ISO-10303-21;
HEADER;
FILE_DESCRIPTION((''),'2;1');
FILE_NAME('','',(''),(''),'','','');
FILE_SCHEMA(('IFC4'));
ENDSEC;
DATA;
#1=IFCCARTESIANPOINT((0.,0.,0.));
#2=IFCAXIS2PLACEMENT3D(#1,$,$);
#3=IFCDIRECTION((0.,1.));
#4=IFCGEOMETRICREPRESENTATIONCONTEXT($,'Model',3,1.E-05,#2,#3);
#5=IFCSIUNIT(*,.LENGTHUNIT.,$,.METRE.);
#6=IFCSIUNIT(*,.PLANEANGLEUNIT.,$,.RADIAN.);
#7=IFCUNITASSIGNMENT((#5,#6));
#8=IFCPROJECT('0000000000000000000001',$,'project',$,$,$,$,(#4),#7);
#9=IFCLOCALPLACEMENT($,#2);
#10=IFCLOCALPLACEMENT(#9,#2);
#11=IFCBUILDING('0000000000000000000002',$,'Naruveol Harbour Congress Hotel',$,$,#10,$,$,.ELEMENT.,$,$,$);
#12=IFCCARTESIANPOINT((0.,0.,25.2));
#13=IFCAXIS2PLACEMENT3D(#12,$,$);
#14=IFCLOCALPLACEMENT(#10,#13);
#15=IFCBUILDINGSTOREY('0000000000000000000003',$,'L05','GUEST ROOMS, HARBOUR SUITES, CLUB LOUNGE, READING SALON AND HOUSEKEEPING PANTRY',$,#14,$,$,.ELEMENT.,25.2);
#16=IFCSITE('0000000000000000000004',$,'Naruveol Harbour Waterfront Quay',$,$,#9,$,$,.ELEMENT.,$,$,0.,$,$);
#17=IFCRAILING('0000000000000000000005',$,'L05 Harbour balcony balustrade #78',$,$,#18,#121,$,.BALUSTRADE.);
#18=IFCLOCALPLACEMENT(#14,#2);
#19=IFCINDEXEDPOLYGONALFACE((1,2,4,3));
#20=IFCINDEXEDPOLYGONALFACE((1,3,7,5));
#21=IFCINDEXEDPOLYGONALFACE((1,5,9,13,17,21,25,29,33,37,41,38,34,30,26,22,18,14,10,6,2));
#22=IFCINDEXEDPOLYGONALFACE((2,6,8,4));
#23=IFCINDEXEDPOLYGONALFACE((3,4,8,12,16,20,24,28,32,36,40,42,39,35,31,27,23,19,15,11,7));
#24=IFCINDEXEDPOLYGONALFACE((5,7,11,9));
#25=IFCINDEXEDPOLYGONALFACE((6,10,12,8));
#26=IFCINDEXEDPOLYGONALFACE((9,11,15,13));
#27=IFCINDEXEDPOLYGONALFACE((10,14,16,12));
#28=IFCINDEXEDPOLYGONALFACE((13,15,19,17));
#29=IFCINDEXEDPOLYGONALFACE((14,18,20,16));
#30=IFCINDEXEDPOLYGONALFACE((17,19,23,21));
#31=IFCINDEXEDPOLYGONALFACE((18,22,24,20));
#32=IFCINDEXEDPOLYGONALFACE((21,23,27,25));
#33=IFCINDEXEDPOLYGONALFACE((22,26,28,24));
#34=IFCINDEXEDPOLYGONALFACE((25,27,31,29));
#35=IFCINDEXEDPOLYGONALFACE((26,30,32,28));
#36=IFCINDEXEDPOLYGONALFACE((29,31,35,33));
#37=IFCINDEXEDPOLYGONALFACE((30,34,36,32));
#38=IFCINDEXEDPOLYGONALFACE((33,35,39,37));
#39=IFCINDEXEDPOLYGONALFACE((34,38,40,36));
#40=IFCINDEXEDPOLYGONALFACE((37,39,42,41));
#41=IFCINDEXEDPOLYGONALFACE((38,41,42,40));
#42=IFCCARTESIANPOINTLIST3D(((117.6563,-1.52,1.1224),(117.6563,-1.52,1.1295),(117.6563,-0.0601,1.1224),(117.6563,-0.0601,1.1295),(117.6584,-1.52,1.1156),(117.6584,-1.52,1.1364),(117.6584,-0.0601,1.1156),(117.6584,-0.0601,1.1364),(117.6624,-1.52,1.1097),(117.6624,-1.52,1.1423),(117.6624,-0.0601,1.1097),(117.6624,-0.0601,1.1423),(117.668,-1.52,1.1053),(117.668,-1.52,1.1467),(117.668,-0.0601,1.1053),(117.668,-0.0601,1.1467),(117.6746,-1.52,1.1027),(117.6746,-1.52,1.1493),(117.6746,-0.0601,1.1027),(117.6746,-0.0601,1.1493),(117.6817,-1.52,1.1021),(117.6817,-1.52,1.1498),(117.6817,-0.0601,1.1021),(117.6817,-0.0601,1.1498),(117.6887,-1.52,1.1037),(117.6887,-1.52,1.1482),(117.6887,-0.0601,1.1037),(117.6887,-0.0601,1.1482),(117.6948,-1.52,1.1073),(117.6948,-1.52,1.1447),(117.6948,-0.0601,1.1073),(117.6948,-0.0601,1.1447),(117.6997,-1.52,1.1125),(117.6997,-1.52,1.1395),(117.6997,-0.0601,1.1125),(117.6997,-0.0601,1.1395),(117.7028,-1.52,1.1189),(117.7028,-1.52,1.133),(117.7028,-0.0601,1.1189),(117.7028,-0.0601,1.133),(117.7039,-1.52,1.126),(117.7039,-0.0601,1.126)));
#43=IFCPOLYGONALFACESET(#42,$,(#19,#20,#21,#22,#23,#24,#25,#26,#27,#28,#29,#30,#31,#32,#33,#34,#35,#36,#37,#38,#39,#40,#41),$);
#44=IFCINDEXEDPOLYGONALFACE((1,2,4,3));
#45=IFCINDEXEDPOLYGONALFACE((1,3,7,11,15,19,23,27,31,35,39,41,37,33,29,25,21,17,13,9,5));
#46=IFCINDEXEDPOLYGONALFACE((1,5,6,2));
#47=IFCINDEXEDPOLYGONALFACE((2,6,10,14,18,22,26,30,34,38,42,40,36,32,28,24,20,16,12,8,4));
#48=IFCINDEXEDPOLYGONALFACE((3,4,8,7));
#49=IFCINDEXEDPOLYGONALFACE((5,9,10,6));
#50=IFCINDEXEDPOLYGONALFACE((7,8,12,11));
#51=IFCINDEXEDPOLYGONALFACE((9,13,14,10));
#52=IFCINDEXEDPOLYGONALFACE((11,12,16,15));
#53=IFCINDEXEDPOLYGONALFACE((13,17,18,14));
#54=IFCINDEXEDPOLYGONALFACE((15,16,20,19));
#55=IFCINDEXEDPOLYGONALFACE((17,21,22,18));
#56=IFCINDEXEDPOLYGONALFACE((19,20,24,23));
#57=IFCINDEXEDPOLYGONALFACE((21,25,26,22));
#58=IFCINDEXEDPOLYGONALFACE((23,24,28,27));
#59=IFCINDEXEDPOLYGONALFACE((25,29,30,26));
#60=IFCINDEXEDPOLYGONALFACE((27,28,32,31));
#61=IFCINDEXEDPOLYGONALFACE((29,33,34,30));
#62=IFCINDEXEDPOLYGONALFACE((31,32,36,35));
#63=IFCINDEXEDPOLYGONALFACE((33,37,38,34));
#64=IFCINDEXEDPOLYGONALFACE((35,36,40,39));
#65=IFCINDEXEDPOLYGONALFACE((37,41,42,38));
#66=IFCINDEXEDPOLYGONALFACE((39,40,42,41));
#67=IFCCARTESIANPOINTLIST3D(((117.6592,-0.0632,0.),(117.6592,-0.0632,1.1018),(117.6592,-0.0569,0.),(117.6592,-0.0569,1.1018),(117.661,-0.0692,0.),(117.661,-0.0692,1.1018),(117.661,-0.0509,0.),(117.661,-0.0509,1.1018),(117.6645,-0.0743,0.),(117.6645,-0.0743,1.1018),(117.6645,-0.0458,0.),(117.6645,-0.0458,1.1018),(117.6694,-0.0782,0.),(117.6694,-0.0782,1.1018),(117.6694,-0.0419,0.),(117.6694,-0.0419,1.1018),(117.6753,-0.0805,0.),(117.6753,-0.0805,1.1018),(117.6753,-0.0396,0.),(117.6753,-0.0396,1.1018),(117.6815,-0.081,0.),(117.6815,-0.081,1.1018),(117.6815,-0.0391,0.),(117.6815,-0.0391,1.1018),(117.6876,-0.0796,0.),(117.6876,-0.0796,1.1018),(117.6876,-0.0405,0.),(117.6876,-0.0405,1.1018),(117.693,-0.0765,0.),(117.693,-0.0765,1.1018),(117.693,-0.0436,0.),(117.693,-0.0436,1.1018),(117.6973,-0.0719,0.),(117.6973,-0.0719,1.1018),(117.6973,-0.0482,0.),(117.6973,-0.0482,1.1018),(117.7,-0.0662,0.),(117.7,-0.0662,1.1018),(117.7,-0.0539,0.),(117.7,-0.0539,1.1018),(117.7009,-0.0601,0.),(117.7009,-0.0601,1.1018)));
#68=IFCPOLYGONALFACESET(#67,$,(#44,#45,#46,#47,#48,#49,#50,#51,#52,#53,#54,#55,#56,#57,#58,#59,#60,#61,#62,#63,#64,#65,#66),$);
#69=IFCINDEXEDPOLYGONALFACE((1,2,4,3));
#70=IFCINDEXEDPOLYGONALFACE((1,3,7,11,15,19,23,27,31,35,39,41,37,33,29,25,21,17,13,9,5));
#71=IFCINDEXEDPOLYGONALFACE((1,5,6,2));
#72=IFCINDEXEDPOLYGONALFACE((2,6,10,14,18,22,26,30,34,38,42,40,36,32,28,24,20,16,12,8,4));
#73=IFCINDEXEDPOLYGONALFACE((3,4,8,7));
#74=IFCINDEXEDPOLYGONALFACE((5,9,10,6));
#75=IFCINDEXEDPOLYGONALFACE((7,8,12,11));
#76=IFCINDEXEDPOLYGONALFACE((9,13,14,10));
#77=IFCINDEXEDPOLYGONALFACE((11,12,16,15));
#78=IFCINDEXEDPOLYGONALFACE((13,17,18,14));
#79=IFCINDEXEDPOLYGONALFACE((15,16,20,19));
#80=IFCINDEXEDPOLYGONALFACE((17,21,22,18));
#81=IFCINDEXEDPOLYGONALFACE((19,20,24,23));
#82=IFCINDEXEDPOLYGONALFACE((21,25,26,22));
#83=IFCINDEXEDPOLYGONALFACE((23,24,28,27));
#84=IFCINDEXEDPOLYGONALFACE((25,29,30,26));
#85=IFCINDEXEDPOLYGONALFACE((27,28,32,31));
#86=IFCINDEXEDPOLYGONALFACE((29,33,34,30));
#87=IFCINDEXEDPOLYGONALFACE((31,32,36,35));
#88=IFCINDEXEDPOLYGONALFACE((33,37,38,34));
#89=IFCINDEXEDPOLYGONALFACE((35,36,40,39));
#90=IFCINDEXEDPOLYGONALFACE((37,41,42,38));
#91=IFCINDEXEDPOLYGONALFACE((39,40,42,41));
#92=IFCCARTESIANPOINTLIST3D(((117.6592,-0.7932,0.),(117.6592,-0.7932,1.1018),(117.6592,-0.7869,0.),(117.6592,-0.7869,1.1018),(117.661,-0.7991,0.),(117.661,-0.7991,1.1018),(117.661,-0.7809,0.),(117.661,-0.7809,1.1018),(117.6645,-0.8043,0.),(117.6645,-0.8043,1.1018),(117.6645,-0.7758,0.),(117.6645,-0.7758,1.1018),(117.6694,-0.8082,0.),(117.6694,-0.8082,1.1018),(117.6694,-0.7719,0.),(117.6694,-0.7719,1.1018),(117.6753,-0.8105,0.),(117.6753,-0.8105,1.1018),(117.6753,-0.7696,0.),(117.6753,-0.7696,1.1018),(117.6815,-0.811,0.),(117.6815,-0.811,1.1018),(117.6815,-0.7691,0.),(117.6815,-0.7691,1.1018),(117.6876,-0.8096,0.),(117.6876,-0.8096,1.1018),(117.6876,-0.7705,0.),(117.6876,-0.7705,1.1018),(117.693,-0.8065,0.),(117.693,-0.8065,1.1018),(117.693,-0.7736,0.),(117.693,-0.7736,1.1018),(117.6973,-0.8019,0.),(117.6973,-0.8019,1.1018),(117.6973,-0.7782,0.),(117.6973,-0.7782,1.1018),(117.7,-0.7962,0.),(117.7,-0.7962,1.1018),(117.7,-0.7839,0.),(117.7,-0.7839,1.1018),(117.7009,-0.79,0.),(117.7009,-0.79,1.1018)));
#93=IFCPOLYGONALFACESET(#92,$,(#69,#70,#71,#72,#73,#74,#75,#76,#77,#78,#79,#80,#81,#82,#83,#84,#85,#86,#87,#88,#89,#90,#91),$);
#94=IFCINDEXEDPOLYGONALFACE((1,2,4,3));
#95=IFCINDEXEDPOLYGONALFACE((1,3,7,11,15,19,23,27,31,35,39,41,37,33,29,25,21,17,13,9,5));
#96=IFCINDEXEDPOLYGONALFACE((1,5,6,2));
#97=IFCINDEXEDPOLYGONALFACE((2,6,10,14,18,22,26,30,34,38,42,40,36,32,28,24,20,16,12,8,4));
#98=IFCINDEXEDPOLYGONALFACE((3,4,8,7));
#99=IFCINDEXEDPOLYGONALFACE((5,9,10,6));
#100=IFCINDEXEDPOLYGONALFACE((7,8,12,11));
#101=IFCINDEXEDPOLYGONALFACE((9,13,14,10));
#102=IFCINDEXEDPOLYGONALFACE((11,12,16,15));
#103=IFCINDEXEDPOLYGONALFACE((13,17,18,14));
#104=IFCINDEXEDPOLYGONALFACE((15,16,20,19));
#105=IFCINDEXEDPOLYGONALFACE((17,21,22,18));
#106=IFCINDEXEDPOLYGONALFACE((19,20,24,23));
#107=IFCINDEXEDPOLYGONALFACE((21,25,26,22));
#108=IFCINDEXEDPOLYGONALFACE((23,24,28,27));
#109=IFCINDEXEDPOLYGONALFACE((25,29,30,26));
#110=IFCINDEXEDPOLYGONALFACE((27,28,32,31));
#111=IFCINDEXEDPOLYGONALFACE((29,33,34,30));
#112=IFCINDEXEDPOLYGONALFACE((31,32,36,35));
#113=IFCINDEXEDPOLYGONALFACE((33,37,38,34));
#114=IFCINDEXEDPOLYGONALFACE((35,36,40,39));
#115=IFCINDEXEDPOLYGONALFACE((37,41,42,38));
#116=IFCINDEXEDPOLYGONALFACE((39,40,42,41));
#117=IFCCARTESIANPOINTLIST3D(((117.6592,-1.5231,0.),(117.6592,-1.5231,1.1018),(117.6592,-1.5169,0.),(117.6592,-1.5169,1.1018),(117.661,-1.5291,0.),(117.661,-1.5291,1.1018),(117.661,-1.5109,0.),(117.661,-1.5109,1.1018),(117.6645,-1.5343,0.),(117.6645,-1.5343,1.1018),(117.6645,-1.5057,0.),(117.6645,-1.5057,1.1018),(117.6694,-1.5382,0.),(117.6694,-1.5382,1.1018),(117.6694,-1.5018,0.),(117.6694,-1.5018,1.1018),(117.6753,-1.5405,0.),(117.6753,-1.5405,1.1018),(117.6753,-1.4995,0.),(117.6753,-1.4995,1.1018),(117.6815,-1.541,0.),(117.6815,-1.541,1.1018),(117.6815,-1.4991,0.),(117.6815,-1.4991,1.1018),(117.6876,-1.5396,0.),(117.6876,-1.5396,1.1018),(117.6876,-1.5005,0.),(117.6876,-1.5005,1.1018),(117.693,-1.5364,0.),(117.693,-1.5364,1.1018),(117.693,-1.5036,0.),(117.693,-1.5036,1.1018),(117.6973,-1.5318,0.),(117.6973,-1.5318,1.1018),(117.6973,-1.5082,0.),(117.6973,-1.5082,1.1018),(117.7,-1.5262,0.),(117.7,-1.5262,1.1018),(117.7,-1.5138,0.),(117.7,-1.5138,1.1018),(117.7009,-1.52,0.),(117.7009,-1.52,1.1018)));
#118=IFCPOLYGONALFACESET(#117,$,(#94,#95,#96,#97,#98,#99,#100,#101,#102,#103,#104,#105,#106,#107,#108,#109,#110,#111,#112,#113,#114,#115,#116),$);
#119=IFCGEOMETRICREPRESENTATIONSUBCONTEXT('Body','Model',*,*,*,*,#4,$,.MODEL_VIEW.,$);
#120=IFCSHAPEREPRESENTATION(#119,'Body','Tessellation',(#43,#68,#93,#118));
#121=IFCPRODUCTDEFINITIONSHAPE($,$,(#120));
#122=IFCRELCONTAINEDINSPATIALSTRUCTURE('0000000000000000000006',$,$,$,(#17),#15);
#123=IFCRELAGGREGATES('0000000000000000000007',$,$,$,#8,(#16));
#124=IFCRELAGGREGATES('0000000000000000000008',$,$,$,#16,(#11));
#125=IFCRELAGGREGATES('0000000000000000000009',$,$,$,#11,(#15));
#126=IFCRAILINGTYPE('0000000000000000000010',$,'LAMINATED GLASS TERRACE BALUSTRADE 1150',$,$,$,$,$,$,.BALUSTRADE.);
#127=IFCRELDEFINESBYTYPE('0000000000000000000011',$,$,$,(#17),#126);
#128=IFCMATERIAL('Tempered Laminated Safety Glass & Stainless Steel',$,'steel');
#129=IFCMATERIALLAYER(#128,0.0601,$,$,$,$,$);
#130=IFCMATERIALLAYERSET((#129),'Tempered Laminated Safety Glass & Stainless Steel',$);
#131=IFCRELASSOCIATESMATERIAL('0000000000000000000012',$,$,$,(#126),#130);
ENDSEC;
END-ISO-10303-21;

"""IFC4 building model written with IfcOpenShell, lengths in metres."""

from ifc_helpers import new_model, si_unit, direction, frame, origin, origin_2d, place, context, subcontext, project, spatial, circle, extrude, material, layer, layer_set, type_object, element, save


model = new_model("IFC4")

# Units and contexts
model_context = context("Model", 3, precision=1e-05, world=origin(), true_north=direction((0.0, 1.0)))
body_context = subcontext(model_context, "Body", "Model", "MODEL_VIEW")
ifc_project = project(units=[si_unit("LENGTHUNIT", "METRE"), si_unit("PLANEANGLEUNIT", "RADIAN")], contexts=[model_context])

# Site, building, storey
site_placement = place(None, origin())
site = spatial("IfcSite", under=ifc_project, at=site_placement, Name="Naruveol Harbour Waterfront Quay", CompositionType="ELEMENT", RefElevation=0.0)
building_placement = place(site_placement, origin())
building = spatial("IfcBuilding", under=site, at=building_placement, Name="Naruveol Harbour Congress Hotel", CompositionType="ELEMENT")
storey_placement = place(building_placement, frame((0.0, 0.0, 25.2)))
storey = spatial("IfcBuildingStorey", under=building, at=storey_placement, Name="L05", Description="GUEST ROOMS, HARBOUR SUITES, CLUB LOUNGE, READING SALON AND HOUSEKEEPING PANTRY", CompositionType="ELEMENT", Elevation=25.2)

# Railing
ifc_material_1 = material(Name="Tempered Laminated Safety Glass & Stainless Steel", Category="steel")
ifc_layer_1 = layer(ifc_material_1, 0.0601)
ifc_layer_set_1 = layer_set([ifc_layer_1], Name="Tempered Laminated Safety Glass & Stainless Steel")
railing_type = type_object("IfcRailingType", Name="LAMINATED GLASS TERRACE BALUSTRADE 1150", PredefinedType="BALUSTRADE", material=ifc_layer_set_1)
railing_1_placement = place(storey_placement, frame((117.6799, -0.0601, 0.0)))
element("IfcRailing", 1, at=railing_1_placement, inside=storey, type_object=railing_type, Name="L05 Harbour balcony balustrade #78", PredefinedType="BALUSTRADE", context=body_context, shape_type="SweptSolid", body=[
    extrude(circle(Radius=0.0239, at=origin_2d()), frame((0.0, 0.0, 1.126), z_axis=(0.0, -1.0, 0.0), x_axis=(1.0, 0.0, 0.0)), (0.0, 0.0, 1.0), 1.46),
    extrude(circle(Radius=0.021, at=origin_2d()), origin(), (0.0, 0.0, 1.0), 1.1018),
    extrude(circle(Radius=0.021, at=origin_2d()), frame((0.0, -0.73, 0.0)), (0.0, 0.0, 1.0), 1.1018),
    extrude(circle(Radius=0.021, at=origin_2d()), frame((0.0, -1.46, 0.0)), (0.0, 0.0, 1.0), 1.1018),
])

save(model, "model.ifc")
